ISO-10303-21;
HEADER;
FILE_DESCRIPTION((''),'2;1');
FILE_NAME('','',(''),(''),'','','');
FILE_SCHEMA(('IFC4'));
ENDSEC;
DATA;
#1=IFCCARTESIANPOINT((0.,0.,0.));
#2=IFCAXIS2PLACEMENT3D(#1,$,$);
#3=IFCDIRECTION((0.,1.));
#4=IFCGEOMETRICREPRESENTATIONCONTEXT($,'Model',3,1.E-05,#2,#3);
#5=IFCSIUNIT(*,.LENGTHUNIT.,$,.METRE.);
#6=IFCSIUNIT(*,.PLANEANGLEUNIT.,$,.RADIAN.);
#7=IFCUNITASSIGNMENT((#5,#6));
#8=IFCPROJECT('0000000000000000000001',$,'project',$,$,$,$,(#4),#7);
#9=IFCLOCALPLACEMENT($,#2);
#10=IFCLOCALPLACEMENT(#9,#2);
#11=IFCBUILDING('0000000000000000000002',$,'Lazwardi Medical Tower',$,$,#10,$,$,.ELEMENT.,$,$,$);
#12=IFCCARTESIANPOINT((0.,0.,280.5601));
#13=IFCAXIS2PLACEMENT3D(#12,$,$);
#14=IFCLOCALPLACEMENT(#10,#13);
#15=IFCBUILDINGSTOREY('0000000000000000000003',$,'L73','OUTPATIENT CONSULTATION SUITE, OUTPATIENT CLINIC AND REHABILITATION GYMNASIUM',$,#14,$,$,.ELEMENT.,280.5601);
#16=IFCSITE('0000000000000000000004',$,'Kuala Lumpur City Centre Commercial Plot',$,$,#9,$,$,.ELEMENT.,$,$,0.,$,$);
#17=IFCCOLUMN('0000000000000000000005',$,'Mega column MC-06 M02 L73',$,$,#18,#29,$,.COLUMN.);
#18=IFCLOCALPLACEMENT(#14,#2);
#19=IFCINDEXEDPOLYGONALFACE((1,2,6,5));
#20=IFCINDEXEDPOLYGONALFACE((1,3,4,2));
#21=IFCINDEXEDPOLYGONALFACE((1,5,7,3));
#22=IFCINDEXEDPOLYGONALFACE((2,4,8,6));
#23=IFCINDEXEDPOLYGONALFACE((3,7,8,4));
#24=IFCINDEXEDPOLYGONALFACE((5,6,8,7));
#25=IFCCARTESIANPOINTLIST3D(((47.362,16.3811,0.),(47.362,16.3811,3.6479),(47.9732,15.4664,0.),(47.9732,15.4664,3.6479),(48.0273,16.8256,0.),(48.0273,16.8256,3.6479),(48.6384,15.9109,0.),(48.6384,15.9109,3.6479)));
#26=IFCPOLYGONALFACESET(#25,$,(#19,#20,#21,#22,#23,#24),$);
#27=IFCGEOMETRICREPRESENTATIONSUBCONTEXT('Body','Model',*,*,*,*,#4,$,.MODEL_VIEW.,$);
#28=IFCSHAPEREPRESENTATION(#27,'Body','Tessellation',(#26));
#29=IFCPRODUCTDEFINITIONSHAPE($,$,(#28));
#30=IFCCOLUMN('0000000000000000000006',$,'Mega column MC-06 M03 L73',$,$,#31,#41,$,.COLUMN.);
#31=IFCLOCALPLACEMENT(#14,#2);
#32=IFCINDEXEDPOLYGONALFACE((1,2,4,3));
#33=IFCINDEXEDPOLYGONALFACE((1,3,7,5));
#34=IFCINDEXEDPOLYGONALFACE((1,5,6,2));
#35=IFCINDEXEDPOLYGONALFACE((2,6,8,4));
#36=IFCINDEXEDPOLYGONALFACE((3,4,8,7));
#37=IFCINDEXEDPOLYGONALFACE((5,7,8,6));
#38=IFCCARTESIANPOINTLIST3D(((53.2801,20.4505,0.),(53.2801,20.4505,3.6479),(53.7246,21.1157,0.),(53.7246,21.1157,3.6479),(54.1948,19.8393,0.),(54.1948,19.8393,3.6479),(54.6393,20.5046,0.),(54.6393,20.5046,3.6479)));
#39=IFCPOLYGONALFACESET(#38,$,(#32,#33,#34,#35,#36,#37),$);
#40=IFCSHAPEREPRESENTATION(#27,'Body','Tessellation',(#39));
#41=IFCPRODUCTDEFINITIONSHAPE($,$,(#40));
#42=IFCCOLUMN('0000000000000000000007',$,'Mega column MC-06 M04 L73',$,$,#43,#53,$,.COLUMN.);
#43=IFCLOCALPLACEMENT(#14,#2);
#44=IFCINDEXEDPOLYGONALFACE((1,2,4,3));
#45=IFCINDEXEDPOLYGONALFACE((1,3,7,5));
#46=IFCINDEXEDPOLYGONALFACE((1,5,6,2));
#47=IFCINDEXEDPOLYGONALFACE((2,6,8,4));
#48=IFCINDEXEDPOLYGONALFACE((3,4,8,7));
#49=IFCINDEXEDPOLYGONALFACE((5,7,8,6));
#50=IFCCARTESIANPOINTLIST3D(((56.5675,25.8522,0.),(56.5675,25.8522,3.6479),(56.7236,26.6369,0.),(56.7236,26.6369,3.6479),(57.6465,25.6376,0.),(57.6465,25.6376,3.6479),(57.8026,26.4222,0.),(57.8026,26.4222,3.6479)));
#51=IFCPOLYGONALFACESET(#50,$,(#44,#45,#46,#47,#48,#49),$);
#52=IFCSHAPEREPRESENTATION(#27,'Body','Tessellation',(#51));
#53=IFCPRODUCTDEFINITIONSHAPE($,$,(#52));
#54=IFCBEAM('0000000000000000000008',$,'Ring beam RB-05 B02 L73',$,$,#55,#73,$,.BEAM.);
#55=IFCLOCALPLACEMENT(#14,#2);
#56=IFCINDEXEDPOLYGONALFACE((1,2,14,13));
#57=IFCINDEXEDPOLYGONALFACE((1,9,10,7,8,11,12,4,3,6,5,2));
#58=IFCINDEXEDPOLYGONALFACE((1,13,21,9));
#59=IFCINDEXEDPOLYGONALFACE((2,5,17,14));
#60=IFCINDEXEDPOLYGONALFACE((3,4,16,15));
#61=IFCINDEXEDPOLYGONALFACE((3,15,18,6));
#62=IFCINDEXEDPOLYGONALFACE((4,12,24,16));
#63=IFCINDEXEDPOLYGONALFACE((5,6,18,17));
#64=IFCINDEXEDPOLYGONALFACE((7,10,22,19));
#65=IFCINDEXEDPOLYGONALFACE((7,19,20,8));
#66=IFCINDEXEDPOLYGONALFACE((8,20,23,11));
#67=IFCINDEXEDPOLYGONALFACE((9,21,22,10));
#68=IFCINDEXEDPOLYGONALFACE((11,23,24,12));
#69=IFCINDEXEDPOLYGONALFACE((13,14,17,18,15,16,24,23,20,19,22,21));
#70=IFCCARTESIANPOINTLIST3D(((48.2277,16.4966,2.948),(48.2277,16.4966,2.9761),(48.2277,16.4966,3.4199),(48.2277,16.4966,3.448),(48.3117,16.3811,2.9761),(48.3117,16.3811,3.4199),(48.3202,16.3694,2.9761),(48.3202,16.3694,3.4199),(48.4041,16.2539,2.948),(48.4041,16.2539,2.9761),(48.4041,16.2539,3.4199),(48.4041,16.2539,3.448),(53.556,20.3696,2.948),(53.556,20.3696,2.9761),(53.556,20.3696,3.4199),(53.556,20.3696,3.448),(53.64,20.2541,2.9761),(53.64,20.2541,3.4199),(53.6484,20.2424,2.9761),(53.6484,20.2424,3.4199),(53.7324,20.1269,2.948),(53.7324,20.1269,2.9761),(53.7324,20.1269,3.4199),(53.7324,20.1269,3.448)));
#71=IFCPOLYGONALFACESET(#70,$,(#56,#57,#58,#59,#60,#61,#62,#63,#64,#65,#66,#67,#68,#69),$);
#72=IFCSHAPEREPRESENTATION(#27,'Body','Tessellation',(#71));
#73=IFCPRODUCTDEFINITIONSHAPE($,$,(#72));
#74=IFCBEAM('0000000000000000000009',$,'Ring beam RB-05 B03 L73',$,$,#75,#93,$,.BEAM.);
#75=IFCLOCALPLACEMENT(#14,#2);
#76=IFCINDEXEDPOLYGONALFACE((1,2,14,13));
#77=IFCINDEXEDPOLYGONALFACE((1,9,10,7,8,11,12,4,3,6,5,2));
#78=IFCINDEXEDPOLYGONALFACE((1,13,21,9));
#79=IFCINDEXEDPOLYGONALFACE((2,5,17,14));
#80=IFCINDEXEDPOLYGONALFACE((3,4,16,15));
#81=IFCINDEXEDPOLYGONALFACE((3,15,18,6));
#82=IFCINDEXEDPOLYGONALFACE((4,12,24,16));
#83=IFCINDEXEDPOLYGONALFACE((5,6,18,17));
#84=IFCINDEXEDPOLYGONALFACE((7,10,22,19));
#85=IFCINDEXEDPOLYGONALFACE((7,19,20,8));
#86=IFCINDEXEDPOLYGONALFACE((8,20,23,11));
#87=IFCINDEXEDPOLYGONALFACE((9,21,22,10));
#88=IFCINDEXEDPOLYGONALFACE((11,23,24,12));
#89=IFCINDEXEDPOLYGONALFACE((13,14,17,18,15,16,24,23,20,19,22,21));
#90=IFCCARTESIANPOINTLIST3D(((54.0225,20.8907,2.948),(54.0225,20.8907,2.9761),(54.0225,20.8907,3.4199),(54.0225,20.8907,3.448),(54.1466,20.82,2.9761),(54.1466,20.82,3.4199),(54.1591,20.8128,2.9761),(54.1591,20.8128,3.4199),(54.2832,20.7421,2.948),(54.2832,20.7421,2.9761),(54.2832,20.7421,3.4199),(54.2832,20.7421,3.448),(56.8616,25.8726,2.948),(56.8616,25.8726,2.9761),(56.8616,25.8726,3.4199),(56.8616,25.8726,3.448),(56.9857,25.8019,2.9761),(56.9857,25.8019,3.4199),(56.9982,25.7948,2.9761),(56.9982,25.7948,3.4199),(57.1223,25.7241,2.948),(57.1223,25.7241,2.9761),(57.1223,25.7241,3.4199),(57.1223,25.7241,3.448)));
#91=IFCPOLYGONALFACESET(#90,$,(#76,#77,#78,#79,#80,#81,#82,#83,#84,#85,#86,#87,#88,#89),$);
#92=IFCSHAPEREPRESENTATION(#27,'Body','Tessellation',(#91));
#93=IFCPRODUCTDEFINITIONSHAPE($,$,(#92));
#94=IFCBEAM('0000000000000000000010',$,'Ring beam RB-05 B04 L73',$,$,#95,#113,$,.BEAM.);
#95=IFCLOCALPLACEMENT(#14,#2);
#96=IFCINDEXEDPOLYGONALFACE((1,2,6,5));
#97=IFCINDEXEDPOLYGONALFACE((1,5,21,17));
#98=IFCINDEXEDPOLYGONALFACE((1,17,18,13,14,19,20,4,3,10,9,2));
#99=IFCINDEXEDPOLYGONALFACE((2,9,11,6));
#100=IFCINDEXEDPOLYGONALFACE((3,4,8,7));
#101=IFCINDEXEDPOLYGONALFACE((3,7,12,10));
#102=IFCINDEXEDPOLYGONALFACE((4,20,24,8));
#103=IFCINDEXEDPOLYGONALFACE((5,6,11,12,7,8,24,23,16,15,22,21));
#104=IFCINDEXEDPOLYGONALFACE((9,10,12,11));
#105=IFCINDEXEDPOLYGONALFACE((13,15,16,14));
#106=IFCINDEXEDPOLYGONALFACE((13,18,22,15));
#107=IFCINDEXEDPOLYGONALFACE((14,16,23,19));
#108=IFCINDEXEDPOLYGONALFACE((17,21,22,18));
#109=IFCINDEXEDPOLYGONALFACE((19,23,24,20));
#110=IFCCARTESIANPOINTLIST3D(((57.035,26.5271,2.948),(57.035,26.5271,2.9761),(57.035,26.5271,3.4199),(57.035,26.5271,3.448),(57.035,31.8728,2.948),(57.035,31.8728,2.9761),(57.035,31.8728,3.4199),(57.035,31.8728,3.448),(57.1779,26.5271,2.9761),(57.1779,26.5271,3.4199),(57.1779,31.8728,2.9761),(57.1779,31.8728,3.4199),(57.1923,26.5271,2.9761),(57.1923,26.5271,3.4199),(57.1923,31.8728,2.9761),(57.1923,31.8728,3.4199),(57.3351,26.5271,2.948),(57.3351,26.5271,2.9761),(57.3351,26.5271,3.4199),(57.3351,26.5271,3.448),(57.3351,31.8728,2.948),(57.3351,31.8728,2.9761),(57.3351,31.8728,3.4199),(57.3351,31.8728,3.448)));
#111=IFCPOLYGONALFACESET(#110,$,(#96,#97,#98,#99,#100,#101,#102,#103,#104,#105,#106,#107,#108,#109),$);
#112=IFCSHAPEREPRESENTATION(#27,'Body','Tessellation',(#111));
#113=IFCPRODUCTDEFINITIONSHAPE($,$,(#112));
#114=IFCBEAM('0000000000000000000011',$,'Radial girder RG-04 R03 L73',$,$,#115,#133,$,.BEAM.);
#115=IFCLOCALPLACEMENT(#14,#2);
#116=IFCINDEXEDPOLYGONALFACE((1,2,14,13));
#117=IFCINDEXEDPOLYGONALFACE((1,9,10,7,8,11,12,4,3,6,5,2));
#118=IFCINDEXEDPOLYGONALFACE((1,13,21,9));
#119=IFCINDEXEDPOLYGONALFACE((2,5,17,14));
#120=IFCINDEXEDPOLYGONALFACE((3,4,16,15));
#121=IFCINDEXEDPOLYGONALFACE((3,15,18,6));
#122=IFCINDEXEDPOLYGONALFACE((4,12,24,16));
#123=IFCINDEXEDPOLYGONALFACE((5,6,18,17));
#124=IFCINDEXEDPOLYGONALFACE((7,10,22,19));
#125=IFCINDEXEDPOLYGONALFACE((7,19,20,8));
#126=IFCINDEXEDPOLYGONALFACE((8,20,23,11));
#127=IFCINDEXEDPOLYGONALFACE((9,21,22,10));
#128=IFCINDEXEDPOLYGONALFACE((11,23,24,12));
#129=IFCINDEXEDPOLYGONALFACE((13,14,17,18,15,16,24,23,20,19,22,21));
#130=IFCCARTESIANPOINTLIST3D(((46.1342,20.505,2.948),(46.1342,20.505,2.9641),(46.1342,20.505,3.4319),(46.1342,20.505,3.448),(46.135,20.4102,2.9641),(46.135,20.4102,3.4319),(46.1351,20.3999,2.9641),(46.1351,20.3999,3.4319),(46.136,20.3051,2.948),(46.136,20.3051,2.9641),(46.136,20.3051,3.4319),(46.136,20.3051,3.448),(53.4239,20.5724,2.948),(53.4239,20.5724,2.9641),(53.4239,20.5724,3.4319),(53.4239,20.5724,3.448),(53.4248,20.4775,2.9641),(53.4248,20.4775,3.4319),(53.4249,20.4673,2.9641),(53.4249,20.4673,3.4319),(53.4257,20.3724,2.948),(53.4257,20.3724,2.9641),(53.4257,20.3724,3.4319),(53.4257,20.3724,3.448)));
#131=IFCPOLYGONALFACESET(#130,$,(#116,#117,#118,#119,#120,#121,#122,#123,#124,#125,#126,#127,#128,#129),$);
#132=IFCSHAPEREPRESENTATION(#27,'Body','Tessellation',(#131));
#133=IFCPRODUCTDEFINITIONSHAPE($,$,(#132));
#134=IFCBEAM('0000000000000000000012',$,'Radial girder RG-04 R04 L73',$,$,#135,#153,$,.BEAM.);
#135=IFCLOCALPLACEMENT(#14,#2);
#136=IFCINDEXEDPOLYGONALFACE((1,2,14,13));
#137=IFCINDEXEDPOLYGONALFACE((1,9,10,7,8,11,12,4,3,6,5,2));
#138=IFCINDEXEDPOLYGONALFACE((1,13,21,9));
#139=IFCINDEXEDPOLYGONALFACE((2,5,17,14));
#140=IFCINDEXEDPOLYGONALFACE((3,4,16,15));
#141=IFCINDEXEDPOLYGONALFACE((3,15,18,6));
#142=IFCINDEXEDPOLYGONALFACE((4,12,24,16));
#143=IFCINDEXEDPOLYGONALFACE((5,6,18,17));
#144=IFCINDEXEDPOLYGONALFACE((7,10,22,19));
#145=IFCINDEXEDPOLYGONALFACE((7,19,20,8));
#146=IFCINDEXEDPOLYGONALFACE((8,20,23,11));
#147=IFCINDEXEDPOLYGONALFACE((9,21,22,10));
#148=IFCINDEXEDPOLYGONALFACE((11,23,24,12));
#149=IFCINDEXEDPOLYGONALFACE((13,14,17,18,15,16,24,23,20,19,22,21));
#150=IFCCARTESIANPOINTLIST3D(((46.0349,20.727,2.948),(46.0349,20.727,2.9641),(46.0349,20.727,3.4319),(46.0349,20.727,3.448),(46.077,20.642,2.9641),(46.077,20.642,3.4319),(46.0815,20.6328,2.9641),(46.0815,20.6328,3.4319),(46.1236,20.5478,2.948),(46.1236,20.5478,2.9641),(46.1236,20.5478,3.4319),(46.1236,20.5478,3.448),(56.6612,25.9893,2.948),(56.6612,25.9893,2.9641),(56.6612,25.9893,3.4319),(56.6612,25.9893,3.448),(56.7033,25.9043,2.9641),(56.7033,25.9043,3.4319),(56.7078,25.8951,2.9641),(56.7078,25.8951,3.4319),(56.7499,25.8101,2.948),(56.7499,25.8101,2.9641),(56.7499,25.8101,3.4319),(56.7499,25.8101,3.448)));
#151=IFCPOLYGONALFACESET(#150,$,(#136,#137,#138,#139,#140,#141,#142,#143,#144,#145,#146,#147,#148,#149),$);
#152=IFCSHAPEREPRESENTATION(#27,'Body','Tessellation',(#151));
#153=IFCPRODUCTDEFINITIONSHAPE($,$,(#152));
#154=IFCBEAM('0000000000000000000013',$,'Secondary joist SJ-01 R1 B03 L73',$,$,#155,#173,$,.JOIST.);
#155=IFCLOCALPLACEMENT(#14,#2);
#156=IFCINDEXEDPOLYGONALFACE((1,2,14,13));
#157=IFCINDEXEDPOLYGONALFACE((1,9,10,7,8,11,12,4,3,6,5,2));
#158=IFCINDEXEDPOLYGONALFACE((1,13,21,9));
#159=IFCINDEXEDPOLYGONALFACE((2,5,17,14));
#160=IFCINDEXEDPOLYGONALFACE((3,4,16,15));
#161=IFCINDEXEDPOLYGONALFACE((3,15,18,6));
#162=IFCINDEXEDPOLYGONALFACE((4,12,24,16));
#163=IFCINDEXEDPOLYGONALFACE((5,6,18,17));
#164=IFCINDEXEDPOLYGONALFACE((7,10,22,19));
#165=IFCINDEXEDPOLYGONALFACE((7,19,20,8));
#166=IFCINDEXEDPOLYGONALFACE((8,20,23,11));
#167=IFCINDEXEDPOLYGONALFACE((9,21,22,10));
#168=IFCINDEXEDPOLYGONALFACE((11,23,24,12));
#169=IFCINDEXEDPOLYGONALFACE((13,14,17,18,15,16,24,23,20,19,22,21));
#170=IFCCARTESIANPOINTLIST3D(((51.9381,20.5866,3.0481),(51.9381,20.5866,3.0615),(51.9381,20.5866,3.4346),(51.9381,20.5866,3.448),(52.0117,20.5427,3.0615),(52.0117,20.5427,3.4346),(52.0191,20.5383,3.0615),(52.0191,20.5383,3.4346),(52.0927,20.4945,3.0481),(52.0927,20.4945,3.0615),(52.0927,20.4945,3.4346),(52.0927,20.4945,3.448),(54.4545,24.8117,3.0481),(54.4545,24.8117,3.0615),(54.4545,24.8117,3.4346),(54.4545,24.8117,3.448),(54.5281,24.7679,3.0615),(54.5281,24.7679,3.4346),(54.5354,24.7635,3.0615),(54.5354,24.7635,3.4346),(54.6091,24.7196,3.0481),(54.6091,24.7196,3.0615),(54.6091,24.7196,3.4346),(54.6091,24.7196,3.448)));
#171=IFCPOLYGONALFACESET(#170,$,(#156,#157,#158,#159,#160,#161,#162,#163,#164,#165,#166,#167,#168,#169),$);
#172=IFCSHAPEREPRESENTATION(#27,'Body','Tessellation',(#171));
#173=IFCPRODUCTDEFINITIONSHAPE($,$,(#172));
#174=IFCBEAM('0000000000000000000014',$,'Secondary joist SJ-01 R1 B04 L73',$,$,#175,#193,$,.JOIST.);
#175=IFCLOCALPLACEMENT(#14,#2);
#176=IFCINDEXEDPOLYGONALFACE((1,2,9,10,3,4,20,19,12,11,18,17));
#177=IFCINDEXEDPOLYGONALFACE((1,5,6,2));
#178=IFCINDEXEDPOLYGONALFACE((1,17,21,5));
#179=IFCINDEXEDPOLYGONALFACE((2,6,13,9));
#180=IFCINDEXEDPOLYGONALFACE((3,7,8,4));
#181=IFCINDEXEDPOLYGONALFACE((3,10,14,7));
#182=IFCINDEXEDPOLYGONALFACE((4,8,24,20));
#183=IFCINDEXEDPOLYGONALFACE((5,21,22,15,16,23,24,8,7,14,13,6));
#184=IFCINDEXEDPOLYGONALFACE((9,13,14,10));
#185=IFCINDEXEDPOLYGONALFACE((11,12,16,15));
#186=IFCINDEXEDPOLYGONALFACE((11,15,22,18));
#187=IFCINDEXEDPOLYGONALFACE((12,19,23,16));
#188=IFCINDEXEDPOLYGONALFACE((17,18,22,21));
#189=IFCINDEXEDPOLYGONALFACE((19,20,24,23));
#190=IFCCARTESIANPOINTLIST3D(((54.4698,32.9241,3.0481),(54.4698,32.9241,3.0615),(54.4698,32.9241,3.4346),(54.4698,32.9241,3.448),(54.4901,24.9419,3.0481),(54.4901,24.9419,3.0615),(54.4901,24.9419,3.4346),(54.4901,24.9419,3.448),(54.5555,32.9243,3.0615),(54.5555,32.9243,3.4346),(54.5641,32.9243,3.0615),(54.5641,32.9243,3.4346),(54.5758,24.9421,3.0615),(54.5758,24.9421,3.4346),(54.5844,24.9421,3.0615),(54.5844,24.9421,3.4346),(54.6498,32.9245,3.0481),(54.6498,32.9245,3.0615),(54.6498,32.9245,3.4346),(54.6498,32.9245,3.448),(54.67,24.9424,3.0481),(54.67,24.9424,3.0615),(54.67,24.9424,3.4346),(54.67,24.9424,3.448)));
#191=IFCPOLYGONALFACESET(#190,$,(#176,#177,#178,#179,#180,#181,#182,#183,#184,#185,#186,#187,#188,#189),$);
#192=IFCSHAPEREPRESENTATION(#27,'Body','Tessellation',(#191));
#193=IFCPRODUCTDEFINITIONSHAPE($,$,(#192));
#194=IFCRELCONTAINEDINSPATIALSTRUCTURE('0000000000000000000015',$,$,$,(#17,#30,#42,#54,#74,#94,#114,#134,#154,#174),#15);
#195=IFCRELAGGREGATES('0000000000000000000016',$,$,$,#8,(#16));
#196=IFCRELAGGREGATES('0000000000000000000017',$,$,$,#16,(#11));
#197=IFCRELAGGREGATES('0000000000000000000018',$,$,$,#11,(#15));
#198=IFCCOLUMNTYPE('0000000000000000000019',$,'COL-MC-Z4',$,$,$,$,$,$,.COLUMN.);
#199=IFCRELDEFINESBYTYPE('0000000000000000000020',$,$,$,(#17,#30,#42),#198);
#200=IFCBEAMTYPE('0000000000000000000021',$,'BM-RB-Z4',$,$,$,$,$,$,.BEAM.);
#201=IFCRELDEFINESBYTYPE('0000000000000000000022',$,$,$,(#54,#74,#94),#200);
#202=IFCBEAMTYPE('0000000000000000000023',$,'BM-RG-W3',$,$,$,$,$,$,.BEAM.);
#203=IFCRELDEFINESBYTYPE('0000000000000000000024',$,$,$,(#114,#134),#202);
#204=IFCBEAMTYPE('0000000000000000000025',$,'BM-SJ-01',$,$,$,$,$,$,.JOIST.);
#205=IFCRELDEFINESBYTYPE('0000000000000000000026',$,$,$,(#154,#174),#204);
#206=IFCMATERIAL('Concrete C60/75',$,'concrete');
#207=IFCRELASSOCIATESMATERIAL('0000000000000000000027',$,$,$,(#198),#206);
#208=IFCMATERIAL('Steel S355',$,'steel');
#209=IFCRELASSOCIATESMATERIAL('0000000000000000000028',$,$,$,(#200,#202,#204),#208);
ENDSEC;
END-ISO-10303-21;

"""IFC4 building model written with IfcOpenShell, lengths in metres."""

from ifc_helpers import new_model, si_unit, direction, frame, origin, origin_2d, place, context, subcontext, project, spatial, rectangle, i_section, extrude, material, material_profile, profile_set, type_object, element, save


model = new_model("IFC4")

# Units and contexts
model_context = context("Model", 3, precision=1e-05, world=origin(), true_north=direction((0.0, 1.0)))
body_context = subcontext(model_context, "Body", "Model", "MODEL_VIEW")
ifc_project = project(units=[si_unit("LENGTHUNIT", "METRE"), si_unit("PLANEANGLEUNIT", "RADIAN")], contexts=[model_context])

# Site, building, storey
site_placement = place(None, origin())
site = spatial("IfcSite", under=ifc_project, at=site_placement, Name="Kuala Lumpur City Centre Commercial Plot", CompositionType="ELEMENT", RefElevation=0.0)
building_placement = place(site_placement, origin())
building = spatial("IfcBuilding", under=site, at=building_placement, Name="Lazwardi Medical Tower", CompositionType="ELEMENT")
storey_placement = place(building_placement, frame((0.0, 0.0, 280.5601)))
storey = spatial("IfcBuildingStorey", under=building, at=storey_placement, Name="L73", Description="OUTPATIENT CONSULTATION SUITE, OUTPATIENT CLINIC AND REHABILITATION GYMNASIUM", CompositionType="ELEMENT", Elevation=280.5601)

# Columns
ifc_material_1 = material(Name="Concrete C60/75", Category="concrete")
ifc_material_profile_1 = material_profile(ifc_material_1, rectangle(XDim=1.1001, YDim=0.8, at=origin_2d()), Name="CFT-RECT 1100x800")
ifc_profile_set_1 = profile_set([ifc_material_profile_1], Name="Concrete C60/75")
column_type = type_object("IfcColumnType", Name="COL-MC-Z4", PredefinedType="COLUMN", material=ifc_profile_set_1)
for number, where, z_axis, x_axis, name in (
    (1, (48.0002, 16.146, 0.0), (0.0, 0.0, 1.0), (0.55557, -0.83147, 0.0), "Mega column MC-06 M02 L73"),
    (2, (53.9597, 20.4775, 0.0), (0.0, 0.0, 1.0), (0.83147, -0.55557, 0.0), "Mega column MC-06 M03 L73"),
    (3, (57.1851, 26.1372, 0.0), (0.0, 0.0, 1.0), (0.980785, -0.19509, 0.0), "Mega column MC-06 M04 L73"),
):
    element("IfcColumn", number, at=place(storey_placement, frame(where, z_axis=z_axis, x_axis=x_axis)), inside=storey, type_object=column_type, Name=name, PredefinedType="COLUMN", context=body_context, shape_type="SweptSolid", body=[
        extrude(rectangle(XDim=1.1001, YDim=0.8, at=origin_2d()), origin(), (0.0, 0.0, 1.0), 3.6479),
    ])

# Beams
ifc_material_2 = material(Name="Steel S355", Category="steel")
ifc_material_profile_2 = material_profile(ifc_material_2, i_section(OverallWidth=0.3, OverallDepth=0.5, WebThickness=0.0144, FlangeThickness=0.0281, at=origin_2d()), Name="HEB 500")
ifc_profile_set_2 = profile_set([ifc_material_profile_2], Name="Steel S355")
beam_type_1 = type_object("IfcBeamType", Name="BM-RB-Z4", PredefinedType="BEAM", material=ifc_profile_set_2)
beam_1_placement = place(storey_placement, frame((48.3159, 16.3752, 3.198), z_axis=(0.80889, 0.58796, 0.0), x_axis=(-0.58796, 0.80889, 0.0)))
element("IfcBeam", 4, at=beam_1_placement, inside=storey, type_object=beam_type_1, Name="Ring beam RB-05 B02 L73", PredefinedType="BEAM", context=body_context, shape_type="SweptSolid", body=[
    extrude(i_section(OverallWidth=0.3, OverallDepth=0.5, WebThickness=0.0144, FlangeThickness=0.0281, at=origin_2d()), origin(), (0.0, 0.0, 1.0), 6.5872),
])
beam_2_placement = place(storey_placement, frame((54.1528, 20.8164, 3.198), z_axis=(0.495125, 0.868822, 0.0), x_axis=(-0.868822, 0.495125, 0.0)))
element("IfcBeam", 5, at=beam_2_placement, inside=storey, type_object=beam_type_1, Name="Ring beam RB-05 B03 L73", PredefinedType="BEAM", context=body_context, shape_type="SweptSolid", body=[
    extrude(i_section(OverallWidth=0.3, OverallDepth=0.5, WebThickness=0.0144, FlangeThickness=0.0281, at=origin_2d()), origin(), (0.0, 0.0, 1.0), 5.7341),
])
beam_3_placement = place(storey_placement, frame((57.1851, 26.5271, 3.198), z_axis=(0.0, 1.0, 0.0), x_axis=(-1.0, 0.0, 0.0)))
element("IfcBeam", 6, at=beam_3_placement, inside=storey, type_object=beam_type_1, Name="Ring beam RB-05 B04 L73", PredefinedType="BEAM", context=body_context, shape_type="SweptSolid", body=[
    extrude(i_section(OverallWidth=0.3, OverallDepth=0.5, WebThickness=0.0144, FlangeThickness=0.0281, at=origin_2d()), origin(), (0.0, 0.0, 1.0), 5.3457),
])
ifc_material_profile_3 = material_profile(ifc_material_2, i_section(OverallWidth=0.2, OverallDepth=0.5, WebThickness=0.0103, FlangeThickness=0.0161, at=origin_2d()), Name="IPE 500")
ifc_profile_set_3 = profile_set([ifc_material_profile_3], Name="Steel S355")
beam_type_2 = type_object("IfcBeamType", Name="BM-RG-W3", PredefinedType="BEAM", material=ifc_profile_set_3)
beam_4_placement = place(storey_placement, frame((53.4248, 20.4724, 3.198), z_axis=(-0.999957, -0.009243, 0.0), x_axis=(0.009243, -0.999957, 0.0)))
element("IfcBeam", 7, at=beam_4_placement, inside=storey, type_object=beam_type_2, Name="Radial girder RG-04 R03 L73", PredefinedType="BEAM", context=body_context, shape_type="SweptSolid", body=[
    extrude(i_section(OverallWidth=0.2, OverallDepth=0.5, WebThickness=0.0103, FlangeThickness=0.0161, at=origin_2d()), origin(), (0.0, 0.0, 1.0), 7.29),
])
beam_5_placement = place(storey_placement, frame((56.7056, 25.8997, 3.198), z_axis=(-0.896138, -0.443776, 0.0), x_axis=(0.443776, -0.896138, 0.0)))
element("IfcBeam", 8, at=beam_5_placement, inside=storey, type_object=beam_type_2, Name="Radial girder RG-04 R04 L73", PredefinedType="BEAM", context=body_context, shape_type="SweptSolid", body=[
    extrude(i_section(OverallWidth=0.2, OverallDepth=0.5, WebThickness=0.0103, FlangeThickness=0.0161, at=origin_2d()), origin(), (0.0, 0.0, 1.0), 11.8579),
])
ifc_material_profile_4 = material_profile(ifc_material_2, i_section(OverallWidth=0.1799, OverallDepth=0.3999, WebThickness=0.0085, FlangeThickness=0.0134, at=origin_2d()), Name="IPE 400")
ifc_profile_set_4 = profile_set([ifc_material_profile_4], Name="Steel S355")
beam_type_3 = type_object("IfcBeamType", Name="BM-SJ-01", PredefinedType="JOIST", material=ifc_profile_set_4)
beam_6_placement = place(storey_placement, frame((52.0154, 20.5405, 3.248), z_axis=(0.511697, 0.859166, 0.0), x_axis=(-0.859166, 0.511697, 0.0)))
element("IfcBeam", 9, at=beam_6_placement, inside=storey, type_object=beam_type_3, Name="Secondary joist SJ-01 R1 B03 L73", PredefinedType="JOIST", context=body_context, shape_type="SweptSolid", body=[
    extrude(i_section(OverallWidth=0.1799, OverallDepth=0.3999, WebThickness=0.0085, FlangeThickness=0.0134, at=origin_2d()), origin(), (0.0, 0.0, 1.0), 4.9177),
])
beam_7_placement = place(storey_placement, frame((54.5801, 24.9421, 3.248), z_axis=(-0.002539, 0.999997, 0.0), x_axis=(-0.999997, -0.002539, 0.0)))
element("IfcBeam", 10, at=beam_7_placement, inside=storey, type_object=beam_type_3, Name="Secondary joist SJ-01 R1 B04 L73", PredefinedType="JOIST", context=body_context, shape_type="SweptSolid", body=[
    extrude(i_section(OverallWidth=0.1799, OverallDepth=0.3999, WebThickness=0.0085, FlangeThickness=0.0134, at=origin_2d()), origin(), (0.0, 0.0, 1.0), 7.9822),
])

save(model, "model.ifc")
